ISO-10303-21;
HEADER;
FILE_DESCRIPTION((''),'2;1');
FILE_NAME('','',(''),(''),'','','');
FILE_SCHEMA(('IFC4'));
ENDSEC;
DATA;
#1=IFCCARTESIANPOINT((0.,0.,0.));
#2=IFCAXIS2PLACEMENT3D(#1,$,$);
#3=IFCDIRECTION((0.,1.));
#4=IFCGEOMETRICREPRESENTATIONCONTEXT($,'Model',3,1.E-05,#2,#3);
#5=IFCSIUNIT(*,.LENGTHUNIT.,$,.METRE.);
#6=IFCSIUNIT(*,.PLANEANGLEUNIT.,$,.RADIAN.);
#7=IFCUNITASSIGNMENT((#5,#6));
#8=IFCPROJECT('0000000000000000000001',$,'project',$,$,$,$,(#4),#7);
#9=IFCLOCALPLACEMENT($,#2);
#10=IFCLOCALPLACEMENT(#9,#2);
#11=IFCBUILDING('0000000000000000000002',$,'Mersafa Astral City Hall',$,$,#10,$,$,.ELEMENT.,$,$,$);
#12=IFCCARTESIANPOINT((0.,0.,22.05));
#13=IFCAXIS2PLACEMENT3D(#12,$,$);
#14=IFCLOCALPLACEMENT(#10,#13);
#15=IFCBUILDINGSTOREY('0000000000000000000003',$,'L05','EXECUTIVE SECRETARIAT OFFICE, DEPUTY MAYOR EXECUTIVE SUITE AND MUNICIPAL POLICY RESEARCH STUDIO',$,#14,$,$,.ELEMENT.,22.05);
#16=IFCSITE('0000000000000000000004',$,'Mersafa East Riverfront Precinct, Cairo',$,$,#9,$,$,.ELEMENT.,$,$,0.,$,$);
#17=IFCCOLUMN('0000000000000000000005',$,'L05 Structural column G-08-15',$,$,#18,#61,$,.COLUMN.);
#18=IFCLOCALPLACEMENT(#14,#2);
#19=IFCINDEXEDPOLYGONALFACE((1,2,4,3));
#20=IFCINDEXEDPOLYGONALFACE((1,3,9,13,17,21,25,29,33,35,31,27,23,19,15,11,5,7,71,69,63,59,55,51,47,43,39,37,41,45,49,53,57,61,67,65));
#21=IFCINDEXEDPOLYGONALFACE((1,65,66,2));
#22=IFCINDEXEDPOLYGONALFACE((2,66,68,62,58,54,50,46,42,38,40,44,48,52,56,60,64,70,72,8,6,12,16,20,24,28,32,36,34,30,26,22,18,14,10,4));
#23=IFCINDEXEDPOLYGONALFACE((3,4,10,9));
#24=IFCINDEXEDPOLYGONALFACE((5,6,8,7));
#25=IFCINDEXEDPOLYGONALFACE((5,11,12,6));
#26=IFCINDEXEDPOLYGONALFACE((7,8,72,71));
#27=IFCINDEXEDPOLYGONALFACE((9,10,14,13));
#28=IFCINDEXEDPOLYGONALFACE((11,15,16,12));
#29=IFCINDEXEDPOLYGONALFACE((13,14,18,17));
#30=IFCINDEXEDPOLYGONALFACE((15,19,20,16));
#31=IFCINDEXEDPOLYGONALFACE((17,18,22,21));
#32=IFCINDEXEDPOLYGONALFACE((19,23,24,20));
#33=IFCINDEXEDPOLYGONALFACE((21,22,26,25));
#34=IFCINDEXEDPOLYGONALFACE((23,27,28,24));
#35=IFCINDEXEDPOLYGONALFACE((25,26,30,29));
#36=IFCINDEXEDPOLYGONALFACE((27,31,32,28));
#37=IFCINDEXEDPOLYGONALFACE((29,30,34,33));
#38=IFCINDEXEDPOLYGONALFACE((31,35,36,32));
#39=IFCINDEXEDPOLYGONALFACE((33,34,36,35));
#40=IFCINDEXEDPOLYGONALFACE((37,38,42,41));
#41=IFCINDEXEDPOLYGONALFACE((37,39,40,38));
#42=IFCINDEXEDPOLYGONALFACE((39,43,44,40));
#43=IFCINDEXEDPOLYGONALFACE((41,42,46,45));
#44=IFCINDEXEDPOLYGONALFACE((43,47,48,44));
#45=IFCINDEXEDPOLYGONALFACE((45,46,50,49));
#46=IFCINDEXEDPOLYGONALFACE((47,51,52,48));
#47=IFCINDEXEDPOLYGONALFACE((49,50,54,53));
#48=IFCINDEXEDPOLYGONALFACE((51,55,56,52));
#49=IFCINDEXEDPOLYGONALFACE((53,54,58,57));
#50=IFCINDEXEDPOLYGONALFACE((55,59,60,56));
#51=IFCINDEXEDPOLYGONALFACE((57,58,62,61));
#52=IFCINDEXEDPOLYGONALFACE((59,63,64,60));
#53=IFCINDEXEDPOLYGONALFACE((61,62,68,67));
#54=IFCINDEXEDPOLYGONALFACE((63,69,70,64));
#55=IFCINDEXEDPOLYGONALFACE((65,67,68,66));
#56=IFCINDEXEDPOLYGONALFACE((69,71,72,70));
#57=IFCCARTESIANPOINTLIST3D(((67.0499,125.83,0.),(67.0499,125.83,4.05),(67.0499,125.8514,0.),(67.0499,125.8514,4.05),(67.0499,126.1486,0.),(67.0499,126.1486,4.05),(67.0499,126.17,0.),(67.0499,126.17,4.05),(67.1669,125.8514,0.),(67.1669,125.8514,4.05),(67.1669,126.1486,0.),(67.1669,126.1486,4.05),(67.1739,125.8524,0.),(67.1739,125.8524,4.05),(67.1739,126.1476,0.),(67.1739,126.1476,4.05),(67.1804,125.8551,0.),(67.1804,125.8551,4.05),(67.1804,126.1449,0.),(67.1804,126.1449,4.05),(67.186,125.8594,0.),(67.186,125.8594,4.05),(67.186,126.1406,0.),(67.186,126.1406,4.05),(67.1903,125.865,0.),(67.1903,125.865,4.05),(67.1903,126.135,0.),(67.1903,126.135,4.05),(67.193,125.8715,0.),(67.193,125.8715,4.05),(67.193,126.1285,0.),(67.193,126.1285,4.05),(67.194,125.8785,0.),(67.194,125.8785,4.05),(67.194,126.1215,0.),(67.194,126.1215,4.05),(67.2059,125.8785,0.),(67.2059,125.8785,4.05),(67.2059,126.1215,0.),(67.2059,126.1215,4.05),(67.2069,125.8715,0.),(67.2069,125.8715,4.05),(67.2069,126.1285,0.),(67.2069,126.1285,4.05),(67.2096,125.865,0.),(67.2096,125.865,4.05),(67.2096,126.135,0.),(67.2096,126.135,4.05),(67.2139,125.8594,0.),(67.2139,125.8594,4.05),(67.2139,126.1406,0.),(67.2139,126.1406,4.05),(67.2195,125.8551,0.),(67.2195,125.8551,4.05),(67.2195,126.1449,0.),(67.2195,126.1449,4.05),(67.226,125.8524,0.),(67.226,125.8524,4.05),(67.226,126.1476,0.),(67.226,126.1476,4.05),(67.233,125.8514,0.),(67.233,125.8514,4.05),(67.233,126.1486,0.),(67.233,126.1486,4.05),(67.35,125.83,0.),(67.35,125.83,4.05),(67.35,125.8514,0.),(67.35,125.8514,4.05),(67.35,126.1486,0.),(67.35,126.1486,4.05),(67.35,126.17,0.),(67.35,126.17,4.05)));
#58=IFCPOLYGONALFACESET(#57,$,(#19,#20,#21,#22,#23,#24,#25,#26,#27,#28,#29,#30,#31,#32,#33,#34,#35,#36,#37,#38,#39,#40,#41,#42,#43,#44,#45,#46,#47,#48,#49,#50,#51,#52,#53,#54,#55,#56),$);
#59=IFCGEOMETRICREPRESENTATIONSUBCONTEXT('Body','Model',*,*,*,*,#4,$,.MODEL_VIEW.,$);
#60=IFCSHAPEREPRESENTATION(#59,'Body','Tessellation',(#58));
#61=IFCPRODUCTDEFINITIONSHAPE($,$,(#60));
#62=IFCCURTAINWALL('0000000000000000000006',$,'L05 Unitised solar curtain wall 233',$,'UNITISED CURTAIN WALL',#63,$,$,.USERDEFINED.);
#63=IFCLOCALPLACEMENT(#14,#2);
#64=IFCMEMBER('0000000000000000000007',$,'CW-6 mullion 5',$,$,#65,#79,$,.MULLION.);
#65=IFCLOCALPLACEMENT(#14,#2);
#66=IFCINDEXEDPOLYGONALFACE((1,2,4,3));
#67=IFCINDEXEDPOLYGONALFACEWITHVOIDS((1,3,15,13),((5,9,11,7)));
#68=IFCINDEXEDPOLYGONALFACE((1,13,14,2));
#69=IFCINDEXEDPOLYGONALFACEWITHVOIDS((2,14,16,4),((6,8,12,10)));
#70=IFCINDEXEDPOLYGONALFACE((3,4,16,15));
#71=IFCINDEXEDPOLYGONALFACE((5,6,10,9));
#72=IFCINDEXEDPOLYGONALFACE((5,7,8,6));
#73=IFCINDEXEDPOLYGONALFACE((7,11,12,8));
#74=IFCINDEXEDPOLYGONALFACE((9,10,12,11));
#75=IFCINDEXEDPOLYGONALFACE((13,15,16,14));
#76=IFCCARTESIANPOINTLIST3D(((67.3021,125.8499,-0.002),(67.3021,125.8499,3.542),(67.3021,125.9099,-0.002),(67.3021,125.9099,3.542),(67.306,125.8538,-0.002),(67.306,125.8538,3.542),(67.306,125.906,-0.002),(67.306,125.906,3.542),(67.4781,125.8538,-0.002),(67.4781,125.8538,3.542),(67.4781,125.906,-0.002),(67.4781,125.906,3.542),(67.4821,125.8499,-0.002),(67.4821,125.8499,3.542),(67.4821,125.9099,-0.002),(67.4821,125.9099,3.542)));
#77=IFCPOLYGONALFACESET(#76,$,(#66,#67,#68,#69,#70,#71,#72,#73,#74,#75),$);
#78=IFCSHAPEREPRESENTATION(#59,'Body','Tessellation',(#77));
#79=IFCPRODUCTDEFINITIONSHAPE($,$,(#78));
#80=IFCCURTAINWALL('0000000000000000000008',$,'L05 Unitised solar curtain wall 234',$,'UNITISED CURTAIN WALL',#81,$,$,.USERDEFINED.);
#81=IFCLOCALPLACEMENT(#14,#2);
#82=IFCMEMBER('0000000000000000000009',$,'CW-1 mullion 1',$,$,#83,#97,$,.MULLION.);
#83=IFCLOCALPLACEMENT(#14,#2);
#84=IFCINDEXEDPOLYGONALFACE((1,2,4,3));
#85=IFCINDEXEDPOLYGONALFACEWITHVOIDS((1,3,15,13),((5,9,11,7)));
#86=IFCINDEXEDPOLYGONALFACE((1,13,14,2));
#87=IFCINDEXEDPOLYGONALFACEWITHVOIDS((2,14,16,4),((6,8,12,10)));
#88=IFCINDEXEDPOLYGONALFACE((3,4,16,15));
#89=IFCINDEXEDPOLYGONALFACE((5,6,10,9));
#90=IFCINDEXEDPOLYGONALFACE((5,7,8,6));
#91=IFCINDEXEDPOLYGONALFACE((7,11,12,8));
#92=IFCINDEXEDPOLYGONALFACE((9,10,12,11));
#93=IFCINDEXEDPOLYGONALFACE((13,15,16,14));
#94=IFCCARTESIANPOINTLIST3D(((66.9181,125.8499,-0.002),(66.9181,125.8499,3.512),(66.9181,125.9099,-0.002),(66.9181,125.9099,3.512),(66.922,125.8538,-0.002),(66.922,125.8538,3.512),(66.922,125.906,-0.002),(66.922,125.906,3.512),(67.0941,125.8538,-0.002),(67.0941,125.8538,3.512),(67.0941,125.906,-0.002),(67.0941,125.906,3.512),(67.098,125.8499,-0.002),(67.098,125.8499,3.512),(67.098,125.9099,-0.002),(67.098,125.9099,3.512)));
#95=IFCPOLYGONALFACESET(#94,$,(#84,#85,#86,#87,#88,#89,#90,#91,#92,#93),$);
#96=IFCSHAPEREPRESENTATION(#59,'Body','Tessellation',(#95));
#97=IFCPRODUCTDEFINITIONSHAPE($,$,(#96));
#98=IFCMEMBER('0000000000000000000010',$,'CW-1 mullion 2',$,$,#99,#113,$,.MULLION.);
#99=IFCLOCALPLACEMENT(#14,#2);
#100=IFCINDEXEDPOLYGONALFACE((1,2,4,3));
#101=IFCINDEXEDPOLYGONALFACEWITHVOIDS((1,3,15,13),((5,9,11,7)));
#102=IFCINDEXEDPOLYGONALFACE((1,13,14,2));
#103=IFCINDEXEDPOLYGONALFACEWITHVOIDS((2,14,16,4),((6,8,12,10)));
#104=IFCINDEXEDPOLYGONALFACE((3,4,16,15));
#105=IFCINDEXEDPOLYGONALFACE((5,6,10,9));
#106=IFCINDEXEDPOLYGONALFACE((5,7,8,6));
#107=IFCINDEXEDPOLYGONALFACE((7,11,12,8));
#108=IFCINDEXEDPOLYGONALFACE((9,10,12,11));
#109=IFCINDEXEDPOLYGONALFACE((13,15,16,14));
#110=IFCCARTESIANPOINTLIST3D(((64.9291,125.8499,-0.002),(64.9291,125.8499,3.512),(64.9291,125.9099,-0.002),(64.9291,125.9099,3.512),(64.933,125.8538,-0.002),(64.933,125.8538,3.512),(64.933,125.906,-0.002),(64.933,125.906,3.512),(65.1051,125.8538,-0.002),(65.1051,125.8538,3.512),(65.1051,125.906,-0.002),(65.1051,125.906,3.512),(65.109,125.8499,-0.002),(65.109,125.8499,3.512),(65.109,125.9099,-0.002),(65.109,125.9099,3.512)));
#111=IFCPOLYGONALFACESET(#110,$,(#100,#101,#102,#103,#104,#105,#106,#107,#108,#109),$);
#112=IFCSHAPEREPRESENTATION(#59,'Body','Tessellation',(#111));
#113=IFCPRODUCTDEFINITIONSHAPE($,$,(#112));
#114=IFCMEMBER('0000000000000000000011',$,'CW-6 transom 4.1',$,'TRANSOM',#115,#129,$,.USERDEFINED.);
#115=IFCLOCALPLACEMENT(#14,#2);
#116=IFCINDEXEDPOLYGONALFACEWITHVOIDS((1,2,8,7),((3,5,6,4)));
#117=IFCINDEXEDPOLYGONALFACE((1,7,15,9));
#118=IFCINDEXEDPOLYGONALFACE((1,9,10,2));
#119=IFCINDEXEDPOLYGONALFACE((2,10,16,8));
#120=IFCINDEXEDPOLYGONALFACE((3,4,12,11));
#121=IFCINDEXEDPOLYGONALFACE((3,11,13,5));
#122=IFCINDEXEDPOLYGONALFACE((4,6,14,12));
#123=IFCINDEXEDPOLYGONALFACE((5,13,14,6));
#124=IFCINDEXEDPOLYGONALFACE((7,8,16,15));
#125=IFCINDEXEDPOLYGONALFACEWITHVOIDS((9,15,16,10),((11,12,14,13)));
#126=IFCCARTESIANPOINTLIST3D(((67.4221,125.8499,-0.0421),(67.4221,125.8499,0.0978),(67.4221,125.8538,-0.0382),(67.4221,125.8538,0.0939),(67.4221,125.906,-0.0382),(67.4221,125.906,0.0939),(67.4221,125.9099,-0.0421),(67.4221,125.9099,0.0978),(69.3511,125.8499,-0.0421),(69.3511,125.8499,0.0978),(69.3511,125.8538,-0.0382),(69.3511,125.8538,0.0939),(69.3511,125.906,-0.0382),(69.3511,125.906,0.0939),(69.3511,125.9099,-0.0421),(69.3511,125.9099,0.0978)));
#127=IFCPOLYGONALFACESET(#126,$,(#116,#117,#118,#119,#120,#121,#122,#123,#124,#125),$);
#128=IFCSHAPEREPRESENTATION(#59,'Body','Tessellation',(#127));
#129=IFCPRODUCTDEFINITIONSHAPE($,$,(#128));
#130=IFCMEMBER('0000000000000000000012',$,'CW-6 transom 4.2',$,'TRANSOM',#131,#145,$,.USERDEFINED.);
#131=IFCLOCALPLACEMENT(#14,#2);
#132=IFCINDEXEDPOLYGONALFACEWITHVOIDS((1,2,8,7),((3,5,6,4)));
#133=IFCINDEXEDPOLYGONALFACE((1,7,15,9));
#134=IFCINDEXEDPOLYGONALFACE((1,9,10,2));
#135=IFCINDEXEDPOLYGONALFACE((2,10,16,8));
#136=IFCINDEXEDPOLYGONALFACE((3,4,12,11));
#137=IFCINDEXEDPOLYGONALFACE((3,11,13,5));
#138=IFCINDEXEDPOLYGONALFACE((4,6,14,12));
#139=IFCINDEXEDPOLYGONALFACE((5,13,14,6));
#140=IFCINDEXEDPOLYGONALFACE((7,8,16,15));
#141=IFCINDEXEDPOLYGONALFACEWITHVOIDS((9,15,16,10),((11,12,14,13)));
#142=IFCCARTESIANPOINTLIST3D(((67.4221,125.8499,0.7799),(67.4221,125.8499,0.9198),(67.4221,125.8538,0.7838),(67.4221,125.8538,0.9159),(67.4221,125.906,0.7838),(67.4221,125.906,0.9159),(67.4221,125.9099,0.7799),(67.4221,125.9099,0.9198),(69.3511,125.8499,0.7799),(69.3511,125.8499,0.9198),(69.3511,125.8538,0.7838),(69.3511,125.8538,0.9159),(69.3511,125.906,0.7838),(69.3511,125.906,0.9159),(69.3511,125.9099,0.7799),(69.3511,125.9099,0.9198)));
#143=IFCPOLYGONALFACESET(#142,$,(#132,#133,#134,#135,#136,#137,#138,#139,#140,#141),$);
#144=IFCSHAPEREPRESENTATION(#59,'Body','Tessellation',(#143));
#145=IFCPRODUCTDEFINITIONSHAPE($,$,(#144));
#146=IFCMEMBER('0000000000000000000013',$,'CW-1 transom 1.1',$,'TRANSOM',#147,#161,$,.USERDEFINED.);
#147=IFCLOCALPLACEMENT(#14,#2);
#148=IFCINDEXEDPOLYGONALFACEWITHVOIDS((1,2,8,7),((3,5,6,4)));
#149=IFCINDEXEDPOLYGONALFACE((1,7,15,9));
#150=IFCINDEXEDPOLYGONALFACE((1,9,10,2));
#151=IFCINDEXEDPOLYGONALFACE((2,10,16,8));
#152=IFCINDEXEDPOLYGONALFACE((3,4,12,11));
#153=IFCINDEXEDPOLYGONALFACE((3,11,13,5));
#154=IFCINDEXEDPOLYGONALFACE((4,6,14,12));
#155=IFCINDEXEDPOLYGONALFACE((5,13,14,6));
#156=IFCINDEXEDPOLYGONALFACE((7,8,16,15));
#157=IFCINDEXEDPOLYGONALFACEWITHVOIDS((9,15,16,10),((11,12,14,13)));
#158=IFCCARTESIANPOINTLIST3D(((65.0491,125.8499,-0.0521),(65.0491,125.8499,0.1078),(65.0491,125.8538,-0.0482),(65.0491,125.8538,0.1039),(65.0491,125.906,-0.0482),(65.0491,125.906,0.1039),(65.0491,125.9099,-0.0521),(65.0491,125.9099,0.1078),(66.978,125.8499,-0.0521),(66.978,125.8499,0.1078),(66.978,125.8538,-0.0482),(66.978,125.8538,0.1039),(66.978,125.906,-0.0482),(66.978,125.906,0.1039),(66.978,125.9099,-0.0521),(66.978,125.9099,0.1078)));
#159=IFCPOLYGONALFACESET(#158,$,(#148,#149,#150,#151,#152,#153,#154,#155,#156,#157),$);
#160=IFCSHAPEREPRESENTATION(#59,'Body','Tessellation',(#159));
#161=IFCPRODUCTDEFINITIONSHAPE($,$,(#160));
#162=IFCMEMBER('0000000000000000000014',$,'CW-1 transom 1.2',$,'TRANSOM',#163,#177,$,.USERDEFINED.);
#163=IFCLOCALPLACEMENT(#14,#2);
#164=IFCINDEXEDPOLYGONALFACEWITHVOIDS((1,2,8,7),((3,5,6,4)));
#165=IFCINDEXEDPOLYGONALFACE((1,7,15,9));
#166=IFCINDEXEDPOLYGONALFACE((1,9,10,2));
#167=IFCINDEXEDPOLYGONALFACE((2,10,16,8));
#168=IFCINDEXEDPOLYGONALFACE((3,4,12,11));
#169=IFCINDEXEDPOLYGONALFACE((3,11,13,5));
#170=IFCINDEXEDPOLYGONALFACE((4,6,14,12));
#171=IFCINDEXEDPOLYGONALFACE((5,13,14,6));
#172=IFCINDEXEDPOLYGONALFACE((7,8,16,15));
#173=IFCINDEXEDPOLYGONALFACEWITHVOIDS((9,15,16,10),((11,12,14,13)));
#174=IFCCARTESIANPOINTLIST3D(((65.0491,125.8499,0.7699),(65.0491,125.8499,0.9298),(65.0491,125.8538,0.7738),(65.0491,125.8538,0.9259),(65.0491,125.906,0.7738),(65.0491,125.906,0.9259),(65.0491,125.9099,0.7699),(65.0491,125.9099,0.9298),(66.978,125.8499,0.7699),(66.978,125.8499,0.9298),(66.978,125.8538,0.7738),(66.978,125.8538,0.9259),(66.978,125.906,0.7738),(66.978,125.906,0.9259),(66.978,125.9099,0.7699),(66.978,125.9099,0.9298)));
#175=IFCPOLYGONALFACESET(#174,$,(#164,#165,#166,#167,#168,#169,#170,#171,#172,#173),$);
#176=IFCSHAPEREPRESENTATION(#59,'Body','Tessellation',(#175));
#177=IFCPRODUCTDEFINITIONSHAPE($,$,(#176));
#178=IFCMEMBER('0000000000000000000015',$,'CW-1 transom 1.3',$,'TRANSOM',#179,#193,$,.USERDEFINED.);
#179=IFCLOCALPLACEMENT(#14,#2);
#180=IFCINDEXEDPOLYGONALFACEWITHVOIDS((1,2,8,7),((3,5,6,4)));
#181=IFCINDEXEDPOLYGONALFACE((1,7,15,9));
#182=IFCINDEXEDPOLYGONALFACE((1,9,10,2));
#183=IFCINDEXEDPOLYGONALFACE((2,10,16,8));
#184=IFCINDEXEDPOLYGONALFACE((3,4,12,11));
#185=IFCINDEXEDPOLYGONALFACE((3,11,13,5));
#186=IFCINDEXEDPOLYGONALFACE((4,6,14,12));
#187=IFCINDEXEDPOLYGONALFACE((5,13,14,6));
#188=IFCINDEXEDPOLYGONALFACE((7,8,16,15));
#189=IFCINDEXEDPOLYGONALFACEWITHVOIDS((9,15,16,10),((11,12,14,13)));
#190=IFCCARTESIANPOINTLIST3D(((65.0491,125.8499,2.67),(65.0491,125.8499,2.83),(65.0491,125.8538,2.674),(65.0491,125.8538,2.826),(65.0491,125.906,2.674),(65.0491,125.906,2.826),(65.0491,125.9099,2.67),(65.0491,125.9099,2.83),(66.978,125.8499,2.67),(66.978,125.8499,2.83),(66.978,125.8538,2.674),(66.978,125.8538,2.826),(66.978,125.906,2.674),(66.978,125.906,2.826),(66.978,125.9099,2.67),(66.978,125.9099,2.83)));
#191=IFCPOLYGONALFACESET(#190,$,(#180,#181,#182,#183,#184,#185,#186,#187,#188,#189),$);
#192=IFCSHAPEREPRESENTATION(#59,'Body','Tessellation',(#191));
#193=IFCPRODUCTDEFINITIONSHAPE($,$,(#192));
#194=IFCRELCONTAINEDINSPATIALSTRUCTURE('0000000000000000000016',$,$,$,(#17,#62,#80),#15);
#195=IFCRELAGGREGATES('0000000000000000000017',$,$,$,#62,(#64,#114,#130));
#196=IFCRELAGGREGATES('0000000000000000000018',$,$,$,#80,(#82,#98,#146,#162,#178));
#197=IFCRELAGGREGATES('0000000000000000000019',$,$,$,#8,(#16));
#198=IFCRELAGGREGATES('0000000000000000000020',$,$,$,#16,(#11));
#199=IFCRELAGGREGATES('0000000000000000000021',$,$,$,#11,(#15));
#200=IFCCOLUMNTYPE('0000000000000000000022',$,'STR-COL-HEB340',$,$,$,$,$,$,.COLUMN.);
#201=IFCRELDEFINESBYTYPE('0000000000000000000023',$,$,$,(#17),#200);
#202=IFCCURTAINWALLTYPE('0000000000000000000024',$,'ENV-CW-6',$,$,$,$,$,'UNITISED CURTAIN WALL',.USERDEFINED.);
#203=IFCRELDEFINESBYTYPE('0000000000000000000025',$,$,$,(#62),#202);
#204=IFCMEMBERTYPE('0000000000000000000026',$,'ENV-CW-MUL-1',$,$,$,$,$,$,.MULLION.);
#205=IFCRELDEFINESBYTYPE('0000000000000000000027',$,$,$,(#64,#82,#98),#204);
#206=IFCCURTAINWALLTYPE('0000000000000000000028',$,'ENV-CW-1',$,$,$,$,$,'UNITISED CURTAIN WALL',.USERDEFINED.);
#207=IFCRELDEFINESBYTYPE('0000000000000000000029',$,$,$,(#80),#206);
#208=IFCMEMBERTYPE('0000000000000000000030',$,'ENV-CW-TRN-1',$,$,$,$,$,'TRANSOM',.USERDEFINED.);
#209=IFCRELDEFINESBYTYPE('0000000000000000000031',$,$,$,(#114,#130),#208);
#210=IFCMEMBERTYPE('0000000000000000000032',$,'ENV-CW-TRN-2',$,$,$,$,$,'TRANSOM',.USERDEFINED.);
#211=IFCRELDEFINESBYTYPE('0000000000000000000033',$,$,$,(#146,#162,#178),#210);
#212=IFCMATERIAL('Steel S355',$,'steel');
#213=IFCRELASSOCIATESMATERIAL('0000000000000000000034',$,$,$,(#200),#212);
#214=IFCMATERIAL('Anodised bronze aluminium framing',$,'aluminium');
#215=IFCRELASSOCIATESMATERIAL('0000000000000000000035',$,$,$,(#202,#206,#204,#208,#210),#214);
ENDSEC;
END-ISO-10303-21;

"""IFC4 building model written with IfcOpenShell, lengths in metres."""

from ifc_helpers import new_model, si_unit, direction, frame, origin, origin_2d, place, context, subcontext, project, spatial, hollow_rectangle, i_section, extrude, material, material_profile, profile_set, type_object, element, aggregate, save


model = new_model("IFC4")

# Units and contexts
model_context = context("Model", 3, precision=1e-05, world=origin(), true_north=direction((0.0, 1.0)))
body_context = subcontext(model_context, "Body", "Model", "MODEL_VIEW")
ifc_project = project(units=[si_unit("LENGTHUNIT", "METRE"), si_unit("PLANEANGLEUNIT", "RADIAN")], contexts=[model_context])

# Site, building, storey
site_placement = place(None, origin())
site = spatial("IfcSite", under=ifc_project, at=site_placement, Name="Mersafa East Riverfront Precinct, Cairo", CompositionType="ELEMENT", RefElevation=0.0)
building_placement = place(site_placement, origin())
building = spatial("IfcBuilding", under=site, at=building_placement, Name="Mersafa Astral City Hall", CompositionType="ELEMENT")
storey_placement = place(building_placement, frame((0.0, 0.0, 22.05)))
storey = spatial("IfcBuildingStorey", under=building, at=storey_placement, Name="L05", Description="EXECUTIVE SECRETARIAT OFFICE, DEPUTY MAYOR EXECUTIVE SUITE AND MUNICIPAL POLICY RESEARCH STUDIO", CompositionType="ELEMENT", Elevation=22.05)

# Column
ifc_material_1 = material(Name="Steel S355", Category="steel")
ifc_material_profile_1 = material_profile(ifc_material_1, i_section(OverallWidth=0.3, OverallDepth=0.3401, WebThickness=0.012, FlangeThickness=0.0215, FilletRadius=0.0271, at=origin_2d()), Name="HEB 340")
ifc_profile_set_1 = profile_set([ifc_material_profile_1], Name="Steel S355")
column_type = type_object("IfcColumnType", Name="STR-COL-HEB340", PredefinedType="COLUMN", material=ifc_profile_set_1)
column_placement = place(storey_placement, frame((67.2, 126.0, 0.0), z_axis=(0.0, 0.0, 1.0), x_axis=(1.0, 0.0, 0.0)))
element("IfcColumn", 1, at=column_placement, inside=storey, type_object=column_type, Name="L05 Structural column G-08-15", PredefinedType="COLUMN", context=body_context, shape_type="SweptSolid", body=[
    extrude(i_section(OverallWidth=0.3, OverallDepth=0.3401, WebThickness=0.012, FlangeThickness=0.0215, FilletRadius=0.0271, at=origin_2d()), origin(), (0.0, 0.0, 1.0), 4.05),
])

# Curtain wall, member
ifc_material_2 = material(Name="Anodised bronze aluminium framing", Category="aluminium")
curtain_wall_type_1 = type_object("IfcCurtainWallType", Name="ENV-CW-6", ElementType="UNITISED CURTAIN WALL", PredefinedType="USERDEFINED", material=ifc_material_2)
curtain_wall_1_placement = place(storey_placement, origin())
curtain_wall_1 = element("IfcCurtainWall", 2, at=curtain_wall_1_placement, inside=storey, type_object=curtain_wall_type_1, Name="L05 Unitised solar curtain wall 233", ObjectType="UNITISED CURTAIN WALL", PredefinedType="USERDEFINED")
ifc_material_profile_2 = material_profile(ifc_material_2, hollow_rectangle(XDim=0.0601, YDim=0.1799, WallThickness=0.0039, at=origin_2d()), Name="RHS 60x180x4")
ifc_profile_set_2 = profile_set([ifc_material_profile_2], Name="Anodised bronze aluminium framing")
member_type_1 = type_object("IfcMemberType", Name="ENV-CW-MUL-1", PredefinedType="MULLION", material=ifc_profile_set_2)
member_1_placement = place(storey_placement, frame((67.3921, 125.8799, -0.002), z_axis=(0.0, 0.0, 1.0), x_axis=(0.0, -1.0, 0.0)))
member_1 = element("IfcMember", 3, at=member_1_placement, type_object=member_type_1, Name="CW-6 mullion 5", PredefinedType="MULLION", context=body_context, shape_type="SweptSolid", body=[
    extrude(hollow_rectangle(XDim=0.0601, YDim=0.1799, WallThickness=0.0039, at=origin_2d()), origin(), (0.0, 0.0, 1.0), 3.5439),
])

# Curtain wall, members
curtain_wall_type_2 = type_object("IfcCurtainWallType", Name="ENV-CW-1", ElementType="UNITISED CURTAIN WALL", PredefinedType="USERDEFINED", material=ifc_material_2)
curtain_wall_2_placement = place(storey_placement, origin())
curtain_wall_2 = element("IfcCurtainWall", 4, at=curtain_wall_2_placement, inside=storey, type_object=curtain_wall_type_2, Name="L05 Unitised solar curtain wall 234", ObjectType="UNITISED CURTAIN WALL", PredefinedType="USERDEFINED")
member_2_placement = place(storey_placement, frame((67.0081, 125.8799, -0.002), z_axis=(0.0, 0.0, 1.0), x_axis=(0.0, -1.0, 0.0)))
member_2 = element("IfcMember", 5, at=member_2_placement, type_object=member_type_1, Name="CW-1 mullion 1", PredefinedType="MULLION", context=body_context, shape_type="SweptSolid", body=[
    extrude(hollow_rectangle(XDim=0.0601, YDim=0.1799, WallThickness=0.0039, at=origin_2d()), origin(), (0.0, 0.0, 1.0), 3.5139),
])
member_3_placement = place(storey_placement, frame((65.019, 125.8799, -0.002), z_axis=(0.0, 0.0, 1.0), x_axis=(0.0, -1.0, 0.0)))
member_3 = element("IfcMember", 6, at=member_3_placement, type_object=member_type_1, Name="CW-1 mullion 2", PredefinedType="MULLION", context=body_context, shape_type="SweptSolid", body=[
    extrude(hollow_rectangle(XDim=0.0601, YDim=0.1799, WallThickness=0.0039, at=origin_2d()), origin(), (0.0, 0.0, 1.0), 3.5139),
])

# Members
ifc_material_profile_3 = material_profile(ifc_material_2, hollow_rectangle(XDim=0.0601, YDim=0.1399, WallThickness=0.0039, at=origin_2d()), Name="RHS 60x140x4")
ifc_profile_set_3 = profile_set([ifc_material_profile_3], Name="Anodised bronze aluminium framing")
member_type_2 = type_object("IfcMemberType", Name="ENV-CW-TRN-1", ElementType="TRANSOM", PredefinedType="USERDEFINED", material=ifc_profile_set_3)
member_4_placement = place(storey_placement, frame((69.3511, 125.8799, 0.0278), z_axis=(-1.0, 0.0, 0.0), x_axis=(0.0, -1.0, 0.0)))
member_4 = element("IfcMember", 7, at=member_4_placement, type_object=member_type_2, Name="CW-6 transom 4.1", ObjectType="TRANSOM", PredefinedType="USERDEFINED", context=body_context, shape_type="SweptSolid", body=[
    extrude(hollow_rectangle(XDim=0.0601, YDim=0.1399, WallThickness=0.0039, at=origin_2d()), origin(), (0.0, 0.0, 1.0), 1.929),
])
member_5_placement = place(storey_placement, frame((69.3511, 125.8799, 0.8499), z_axis=(-1.0, 0.0, 0.0), x_axis=(0.0, -1.0, 0.0)))
member_5 = element("IfcMember", 8, at=member_5_placement, type_object=member_type_2, Name="CW-6 transom 4.2", ObjectType="TRANSOM", PredefinedType="USERDEFINED", context=body_context, shape_type="SweptSolid", body=[
    extrude(hollow_rectangle(XDim=0.0601, YDim=0.1399, WallThickness=0.0039, at=origin_2d()), origin(), (0.0, 0.0, 1.0), 1.929),
])
ifc_material_profile_4 = material_profile(ifc_material_2, hollow_rectangle(XDim=0.0601, YDim=0.1599, WallThickness=0.0039, at=origin_2d()), Name="RHS 60x160x4")
ifc_profile_set_4 = profile_set([ifc_material_profile_4], Name="Anodised bronze aluminium framing")
member_type_3 = type_object("IfcMemberType", Name="ENV-CW-TRN-2", ElementType="TRANSOM", PredefinedType="USERDEFINED", material=ifc_profile_set_4)
member_6_placement = place(storey_placement, frame((66.978, 125.8799, 0.0278), z_axis=(-1.0, 0.0, 0.0), x_axis=(0.0, -1.0, 0.0)))
member_6 = element("IfcMember", 9, at=member_6_placement, type_object=member_type_3, Name="CW-1 transom 1.1", ObjectType="TRANSOM", PredefinedType="USERDEFINED", context=body_context, shape_type="SweptSolid", body=[
    extrude(hollow_rectangle(XDim=0.0601, YDim=0.1599, WallThickness=0.0039, at=origin_2d()), origin(), (0.0, 0.0, 1.0), 1.929),
])
member_7_placement = place(storey_placement, frame((66.978, 125.8799, 0.8499), z_axis=(-1.0, 0.0, 0.0), x_axis=(0.0, -1.0, 0.0)))
member_7 = element("IfcMember", 10, at=member_7_placement, type_object=member_type_3, Name="CW-1 transom 1.2", ObjectType="TRANSOM", PredefinedType="USERDEFINED", context=body_context, shape_type="SweptSolid", body=[
    extrude(hollow_rectangle(XDim=0.0601, YDim=0.1599, WallThickness=0.0039, at=origin_2d()), origin(), (0.0, 0.0, 1.0), 1.929),
])
member_8_placement = place(storey_placement, frame((66.978, 125.8799, 2.75), z_axis=(-1.0, 0.0, 0.0), x_axis=(0.0, -1.0, 0.0)))
member_8 = element("IfcMember", 11, at=member_8_placement, type_object=member_type_3, Name="CW-1 transom 1.3", ObjectType="TRANSOM", PredefinedType="USERDEFINED", context=body_context, shape_type="SweptSolid", body=[
    extrude(hollow_rectangle(XDim=0.0601, YDim=0.1599, WallThickness=0.0039, at=origin_2d()), origin(), (0.0, 0.0, 1.0), 1.929),
])

aggregate(curtain_wall_1, [member_1, member_4, member_5])
aggregate(curtain_wall_2, [member_2, member_3, member_6, member_7, member_8])

save(model, "model.ifc")
